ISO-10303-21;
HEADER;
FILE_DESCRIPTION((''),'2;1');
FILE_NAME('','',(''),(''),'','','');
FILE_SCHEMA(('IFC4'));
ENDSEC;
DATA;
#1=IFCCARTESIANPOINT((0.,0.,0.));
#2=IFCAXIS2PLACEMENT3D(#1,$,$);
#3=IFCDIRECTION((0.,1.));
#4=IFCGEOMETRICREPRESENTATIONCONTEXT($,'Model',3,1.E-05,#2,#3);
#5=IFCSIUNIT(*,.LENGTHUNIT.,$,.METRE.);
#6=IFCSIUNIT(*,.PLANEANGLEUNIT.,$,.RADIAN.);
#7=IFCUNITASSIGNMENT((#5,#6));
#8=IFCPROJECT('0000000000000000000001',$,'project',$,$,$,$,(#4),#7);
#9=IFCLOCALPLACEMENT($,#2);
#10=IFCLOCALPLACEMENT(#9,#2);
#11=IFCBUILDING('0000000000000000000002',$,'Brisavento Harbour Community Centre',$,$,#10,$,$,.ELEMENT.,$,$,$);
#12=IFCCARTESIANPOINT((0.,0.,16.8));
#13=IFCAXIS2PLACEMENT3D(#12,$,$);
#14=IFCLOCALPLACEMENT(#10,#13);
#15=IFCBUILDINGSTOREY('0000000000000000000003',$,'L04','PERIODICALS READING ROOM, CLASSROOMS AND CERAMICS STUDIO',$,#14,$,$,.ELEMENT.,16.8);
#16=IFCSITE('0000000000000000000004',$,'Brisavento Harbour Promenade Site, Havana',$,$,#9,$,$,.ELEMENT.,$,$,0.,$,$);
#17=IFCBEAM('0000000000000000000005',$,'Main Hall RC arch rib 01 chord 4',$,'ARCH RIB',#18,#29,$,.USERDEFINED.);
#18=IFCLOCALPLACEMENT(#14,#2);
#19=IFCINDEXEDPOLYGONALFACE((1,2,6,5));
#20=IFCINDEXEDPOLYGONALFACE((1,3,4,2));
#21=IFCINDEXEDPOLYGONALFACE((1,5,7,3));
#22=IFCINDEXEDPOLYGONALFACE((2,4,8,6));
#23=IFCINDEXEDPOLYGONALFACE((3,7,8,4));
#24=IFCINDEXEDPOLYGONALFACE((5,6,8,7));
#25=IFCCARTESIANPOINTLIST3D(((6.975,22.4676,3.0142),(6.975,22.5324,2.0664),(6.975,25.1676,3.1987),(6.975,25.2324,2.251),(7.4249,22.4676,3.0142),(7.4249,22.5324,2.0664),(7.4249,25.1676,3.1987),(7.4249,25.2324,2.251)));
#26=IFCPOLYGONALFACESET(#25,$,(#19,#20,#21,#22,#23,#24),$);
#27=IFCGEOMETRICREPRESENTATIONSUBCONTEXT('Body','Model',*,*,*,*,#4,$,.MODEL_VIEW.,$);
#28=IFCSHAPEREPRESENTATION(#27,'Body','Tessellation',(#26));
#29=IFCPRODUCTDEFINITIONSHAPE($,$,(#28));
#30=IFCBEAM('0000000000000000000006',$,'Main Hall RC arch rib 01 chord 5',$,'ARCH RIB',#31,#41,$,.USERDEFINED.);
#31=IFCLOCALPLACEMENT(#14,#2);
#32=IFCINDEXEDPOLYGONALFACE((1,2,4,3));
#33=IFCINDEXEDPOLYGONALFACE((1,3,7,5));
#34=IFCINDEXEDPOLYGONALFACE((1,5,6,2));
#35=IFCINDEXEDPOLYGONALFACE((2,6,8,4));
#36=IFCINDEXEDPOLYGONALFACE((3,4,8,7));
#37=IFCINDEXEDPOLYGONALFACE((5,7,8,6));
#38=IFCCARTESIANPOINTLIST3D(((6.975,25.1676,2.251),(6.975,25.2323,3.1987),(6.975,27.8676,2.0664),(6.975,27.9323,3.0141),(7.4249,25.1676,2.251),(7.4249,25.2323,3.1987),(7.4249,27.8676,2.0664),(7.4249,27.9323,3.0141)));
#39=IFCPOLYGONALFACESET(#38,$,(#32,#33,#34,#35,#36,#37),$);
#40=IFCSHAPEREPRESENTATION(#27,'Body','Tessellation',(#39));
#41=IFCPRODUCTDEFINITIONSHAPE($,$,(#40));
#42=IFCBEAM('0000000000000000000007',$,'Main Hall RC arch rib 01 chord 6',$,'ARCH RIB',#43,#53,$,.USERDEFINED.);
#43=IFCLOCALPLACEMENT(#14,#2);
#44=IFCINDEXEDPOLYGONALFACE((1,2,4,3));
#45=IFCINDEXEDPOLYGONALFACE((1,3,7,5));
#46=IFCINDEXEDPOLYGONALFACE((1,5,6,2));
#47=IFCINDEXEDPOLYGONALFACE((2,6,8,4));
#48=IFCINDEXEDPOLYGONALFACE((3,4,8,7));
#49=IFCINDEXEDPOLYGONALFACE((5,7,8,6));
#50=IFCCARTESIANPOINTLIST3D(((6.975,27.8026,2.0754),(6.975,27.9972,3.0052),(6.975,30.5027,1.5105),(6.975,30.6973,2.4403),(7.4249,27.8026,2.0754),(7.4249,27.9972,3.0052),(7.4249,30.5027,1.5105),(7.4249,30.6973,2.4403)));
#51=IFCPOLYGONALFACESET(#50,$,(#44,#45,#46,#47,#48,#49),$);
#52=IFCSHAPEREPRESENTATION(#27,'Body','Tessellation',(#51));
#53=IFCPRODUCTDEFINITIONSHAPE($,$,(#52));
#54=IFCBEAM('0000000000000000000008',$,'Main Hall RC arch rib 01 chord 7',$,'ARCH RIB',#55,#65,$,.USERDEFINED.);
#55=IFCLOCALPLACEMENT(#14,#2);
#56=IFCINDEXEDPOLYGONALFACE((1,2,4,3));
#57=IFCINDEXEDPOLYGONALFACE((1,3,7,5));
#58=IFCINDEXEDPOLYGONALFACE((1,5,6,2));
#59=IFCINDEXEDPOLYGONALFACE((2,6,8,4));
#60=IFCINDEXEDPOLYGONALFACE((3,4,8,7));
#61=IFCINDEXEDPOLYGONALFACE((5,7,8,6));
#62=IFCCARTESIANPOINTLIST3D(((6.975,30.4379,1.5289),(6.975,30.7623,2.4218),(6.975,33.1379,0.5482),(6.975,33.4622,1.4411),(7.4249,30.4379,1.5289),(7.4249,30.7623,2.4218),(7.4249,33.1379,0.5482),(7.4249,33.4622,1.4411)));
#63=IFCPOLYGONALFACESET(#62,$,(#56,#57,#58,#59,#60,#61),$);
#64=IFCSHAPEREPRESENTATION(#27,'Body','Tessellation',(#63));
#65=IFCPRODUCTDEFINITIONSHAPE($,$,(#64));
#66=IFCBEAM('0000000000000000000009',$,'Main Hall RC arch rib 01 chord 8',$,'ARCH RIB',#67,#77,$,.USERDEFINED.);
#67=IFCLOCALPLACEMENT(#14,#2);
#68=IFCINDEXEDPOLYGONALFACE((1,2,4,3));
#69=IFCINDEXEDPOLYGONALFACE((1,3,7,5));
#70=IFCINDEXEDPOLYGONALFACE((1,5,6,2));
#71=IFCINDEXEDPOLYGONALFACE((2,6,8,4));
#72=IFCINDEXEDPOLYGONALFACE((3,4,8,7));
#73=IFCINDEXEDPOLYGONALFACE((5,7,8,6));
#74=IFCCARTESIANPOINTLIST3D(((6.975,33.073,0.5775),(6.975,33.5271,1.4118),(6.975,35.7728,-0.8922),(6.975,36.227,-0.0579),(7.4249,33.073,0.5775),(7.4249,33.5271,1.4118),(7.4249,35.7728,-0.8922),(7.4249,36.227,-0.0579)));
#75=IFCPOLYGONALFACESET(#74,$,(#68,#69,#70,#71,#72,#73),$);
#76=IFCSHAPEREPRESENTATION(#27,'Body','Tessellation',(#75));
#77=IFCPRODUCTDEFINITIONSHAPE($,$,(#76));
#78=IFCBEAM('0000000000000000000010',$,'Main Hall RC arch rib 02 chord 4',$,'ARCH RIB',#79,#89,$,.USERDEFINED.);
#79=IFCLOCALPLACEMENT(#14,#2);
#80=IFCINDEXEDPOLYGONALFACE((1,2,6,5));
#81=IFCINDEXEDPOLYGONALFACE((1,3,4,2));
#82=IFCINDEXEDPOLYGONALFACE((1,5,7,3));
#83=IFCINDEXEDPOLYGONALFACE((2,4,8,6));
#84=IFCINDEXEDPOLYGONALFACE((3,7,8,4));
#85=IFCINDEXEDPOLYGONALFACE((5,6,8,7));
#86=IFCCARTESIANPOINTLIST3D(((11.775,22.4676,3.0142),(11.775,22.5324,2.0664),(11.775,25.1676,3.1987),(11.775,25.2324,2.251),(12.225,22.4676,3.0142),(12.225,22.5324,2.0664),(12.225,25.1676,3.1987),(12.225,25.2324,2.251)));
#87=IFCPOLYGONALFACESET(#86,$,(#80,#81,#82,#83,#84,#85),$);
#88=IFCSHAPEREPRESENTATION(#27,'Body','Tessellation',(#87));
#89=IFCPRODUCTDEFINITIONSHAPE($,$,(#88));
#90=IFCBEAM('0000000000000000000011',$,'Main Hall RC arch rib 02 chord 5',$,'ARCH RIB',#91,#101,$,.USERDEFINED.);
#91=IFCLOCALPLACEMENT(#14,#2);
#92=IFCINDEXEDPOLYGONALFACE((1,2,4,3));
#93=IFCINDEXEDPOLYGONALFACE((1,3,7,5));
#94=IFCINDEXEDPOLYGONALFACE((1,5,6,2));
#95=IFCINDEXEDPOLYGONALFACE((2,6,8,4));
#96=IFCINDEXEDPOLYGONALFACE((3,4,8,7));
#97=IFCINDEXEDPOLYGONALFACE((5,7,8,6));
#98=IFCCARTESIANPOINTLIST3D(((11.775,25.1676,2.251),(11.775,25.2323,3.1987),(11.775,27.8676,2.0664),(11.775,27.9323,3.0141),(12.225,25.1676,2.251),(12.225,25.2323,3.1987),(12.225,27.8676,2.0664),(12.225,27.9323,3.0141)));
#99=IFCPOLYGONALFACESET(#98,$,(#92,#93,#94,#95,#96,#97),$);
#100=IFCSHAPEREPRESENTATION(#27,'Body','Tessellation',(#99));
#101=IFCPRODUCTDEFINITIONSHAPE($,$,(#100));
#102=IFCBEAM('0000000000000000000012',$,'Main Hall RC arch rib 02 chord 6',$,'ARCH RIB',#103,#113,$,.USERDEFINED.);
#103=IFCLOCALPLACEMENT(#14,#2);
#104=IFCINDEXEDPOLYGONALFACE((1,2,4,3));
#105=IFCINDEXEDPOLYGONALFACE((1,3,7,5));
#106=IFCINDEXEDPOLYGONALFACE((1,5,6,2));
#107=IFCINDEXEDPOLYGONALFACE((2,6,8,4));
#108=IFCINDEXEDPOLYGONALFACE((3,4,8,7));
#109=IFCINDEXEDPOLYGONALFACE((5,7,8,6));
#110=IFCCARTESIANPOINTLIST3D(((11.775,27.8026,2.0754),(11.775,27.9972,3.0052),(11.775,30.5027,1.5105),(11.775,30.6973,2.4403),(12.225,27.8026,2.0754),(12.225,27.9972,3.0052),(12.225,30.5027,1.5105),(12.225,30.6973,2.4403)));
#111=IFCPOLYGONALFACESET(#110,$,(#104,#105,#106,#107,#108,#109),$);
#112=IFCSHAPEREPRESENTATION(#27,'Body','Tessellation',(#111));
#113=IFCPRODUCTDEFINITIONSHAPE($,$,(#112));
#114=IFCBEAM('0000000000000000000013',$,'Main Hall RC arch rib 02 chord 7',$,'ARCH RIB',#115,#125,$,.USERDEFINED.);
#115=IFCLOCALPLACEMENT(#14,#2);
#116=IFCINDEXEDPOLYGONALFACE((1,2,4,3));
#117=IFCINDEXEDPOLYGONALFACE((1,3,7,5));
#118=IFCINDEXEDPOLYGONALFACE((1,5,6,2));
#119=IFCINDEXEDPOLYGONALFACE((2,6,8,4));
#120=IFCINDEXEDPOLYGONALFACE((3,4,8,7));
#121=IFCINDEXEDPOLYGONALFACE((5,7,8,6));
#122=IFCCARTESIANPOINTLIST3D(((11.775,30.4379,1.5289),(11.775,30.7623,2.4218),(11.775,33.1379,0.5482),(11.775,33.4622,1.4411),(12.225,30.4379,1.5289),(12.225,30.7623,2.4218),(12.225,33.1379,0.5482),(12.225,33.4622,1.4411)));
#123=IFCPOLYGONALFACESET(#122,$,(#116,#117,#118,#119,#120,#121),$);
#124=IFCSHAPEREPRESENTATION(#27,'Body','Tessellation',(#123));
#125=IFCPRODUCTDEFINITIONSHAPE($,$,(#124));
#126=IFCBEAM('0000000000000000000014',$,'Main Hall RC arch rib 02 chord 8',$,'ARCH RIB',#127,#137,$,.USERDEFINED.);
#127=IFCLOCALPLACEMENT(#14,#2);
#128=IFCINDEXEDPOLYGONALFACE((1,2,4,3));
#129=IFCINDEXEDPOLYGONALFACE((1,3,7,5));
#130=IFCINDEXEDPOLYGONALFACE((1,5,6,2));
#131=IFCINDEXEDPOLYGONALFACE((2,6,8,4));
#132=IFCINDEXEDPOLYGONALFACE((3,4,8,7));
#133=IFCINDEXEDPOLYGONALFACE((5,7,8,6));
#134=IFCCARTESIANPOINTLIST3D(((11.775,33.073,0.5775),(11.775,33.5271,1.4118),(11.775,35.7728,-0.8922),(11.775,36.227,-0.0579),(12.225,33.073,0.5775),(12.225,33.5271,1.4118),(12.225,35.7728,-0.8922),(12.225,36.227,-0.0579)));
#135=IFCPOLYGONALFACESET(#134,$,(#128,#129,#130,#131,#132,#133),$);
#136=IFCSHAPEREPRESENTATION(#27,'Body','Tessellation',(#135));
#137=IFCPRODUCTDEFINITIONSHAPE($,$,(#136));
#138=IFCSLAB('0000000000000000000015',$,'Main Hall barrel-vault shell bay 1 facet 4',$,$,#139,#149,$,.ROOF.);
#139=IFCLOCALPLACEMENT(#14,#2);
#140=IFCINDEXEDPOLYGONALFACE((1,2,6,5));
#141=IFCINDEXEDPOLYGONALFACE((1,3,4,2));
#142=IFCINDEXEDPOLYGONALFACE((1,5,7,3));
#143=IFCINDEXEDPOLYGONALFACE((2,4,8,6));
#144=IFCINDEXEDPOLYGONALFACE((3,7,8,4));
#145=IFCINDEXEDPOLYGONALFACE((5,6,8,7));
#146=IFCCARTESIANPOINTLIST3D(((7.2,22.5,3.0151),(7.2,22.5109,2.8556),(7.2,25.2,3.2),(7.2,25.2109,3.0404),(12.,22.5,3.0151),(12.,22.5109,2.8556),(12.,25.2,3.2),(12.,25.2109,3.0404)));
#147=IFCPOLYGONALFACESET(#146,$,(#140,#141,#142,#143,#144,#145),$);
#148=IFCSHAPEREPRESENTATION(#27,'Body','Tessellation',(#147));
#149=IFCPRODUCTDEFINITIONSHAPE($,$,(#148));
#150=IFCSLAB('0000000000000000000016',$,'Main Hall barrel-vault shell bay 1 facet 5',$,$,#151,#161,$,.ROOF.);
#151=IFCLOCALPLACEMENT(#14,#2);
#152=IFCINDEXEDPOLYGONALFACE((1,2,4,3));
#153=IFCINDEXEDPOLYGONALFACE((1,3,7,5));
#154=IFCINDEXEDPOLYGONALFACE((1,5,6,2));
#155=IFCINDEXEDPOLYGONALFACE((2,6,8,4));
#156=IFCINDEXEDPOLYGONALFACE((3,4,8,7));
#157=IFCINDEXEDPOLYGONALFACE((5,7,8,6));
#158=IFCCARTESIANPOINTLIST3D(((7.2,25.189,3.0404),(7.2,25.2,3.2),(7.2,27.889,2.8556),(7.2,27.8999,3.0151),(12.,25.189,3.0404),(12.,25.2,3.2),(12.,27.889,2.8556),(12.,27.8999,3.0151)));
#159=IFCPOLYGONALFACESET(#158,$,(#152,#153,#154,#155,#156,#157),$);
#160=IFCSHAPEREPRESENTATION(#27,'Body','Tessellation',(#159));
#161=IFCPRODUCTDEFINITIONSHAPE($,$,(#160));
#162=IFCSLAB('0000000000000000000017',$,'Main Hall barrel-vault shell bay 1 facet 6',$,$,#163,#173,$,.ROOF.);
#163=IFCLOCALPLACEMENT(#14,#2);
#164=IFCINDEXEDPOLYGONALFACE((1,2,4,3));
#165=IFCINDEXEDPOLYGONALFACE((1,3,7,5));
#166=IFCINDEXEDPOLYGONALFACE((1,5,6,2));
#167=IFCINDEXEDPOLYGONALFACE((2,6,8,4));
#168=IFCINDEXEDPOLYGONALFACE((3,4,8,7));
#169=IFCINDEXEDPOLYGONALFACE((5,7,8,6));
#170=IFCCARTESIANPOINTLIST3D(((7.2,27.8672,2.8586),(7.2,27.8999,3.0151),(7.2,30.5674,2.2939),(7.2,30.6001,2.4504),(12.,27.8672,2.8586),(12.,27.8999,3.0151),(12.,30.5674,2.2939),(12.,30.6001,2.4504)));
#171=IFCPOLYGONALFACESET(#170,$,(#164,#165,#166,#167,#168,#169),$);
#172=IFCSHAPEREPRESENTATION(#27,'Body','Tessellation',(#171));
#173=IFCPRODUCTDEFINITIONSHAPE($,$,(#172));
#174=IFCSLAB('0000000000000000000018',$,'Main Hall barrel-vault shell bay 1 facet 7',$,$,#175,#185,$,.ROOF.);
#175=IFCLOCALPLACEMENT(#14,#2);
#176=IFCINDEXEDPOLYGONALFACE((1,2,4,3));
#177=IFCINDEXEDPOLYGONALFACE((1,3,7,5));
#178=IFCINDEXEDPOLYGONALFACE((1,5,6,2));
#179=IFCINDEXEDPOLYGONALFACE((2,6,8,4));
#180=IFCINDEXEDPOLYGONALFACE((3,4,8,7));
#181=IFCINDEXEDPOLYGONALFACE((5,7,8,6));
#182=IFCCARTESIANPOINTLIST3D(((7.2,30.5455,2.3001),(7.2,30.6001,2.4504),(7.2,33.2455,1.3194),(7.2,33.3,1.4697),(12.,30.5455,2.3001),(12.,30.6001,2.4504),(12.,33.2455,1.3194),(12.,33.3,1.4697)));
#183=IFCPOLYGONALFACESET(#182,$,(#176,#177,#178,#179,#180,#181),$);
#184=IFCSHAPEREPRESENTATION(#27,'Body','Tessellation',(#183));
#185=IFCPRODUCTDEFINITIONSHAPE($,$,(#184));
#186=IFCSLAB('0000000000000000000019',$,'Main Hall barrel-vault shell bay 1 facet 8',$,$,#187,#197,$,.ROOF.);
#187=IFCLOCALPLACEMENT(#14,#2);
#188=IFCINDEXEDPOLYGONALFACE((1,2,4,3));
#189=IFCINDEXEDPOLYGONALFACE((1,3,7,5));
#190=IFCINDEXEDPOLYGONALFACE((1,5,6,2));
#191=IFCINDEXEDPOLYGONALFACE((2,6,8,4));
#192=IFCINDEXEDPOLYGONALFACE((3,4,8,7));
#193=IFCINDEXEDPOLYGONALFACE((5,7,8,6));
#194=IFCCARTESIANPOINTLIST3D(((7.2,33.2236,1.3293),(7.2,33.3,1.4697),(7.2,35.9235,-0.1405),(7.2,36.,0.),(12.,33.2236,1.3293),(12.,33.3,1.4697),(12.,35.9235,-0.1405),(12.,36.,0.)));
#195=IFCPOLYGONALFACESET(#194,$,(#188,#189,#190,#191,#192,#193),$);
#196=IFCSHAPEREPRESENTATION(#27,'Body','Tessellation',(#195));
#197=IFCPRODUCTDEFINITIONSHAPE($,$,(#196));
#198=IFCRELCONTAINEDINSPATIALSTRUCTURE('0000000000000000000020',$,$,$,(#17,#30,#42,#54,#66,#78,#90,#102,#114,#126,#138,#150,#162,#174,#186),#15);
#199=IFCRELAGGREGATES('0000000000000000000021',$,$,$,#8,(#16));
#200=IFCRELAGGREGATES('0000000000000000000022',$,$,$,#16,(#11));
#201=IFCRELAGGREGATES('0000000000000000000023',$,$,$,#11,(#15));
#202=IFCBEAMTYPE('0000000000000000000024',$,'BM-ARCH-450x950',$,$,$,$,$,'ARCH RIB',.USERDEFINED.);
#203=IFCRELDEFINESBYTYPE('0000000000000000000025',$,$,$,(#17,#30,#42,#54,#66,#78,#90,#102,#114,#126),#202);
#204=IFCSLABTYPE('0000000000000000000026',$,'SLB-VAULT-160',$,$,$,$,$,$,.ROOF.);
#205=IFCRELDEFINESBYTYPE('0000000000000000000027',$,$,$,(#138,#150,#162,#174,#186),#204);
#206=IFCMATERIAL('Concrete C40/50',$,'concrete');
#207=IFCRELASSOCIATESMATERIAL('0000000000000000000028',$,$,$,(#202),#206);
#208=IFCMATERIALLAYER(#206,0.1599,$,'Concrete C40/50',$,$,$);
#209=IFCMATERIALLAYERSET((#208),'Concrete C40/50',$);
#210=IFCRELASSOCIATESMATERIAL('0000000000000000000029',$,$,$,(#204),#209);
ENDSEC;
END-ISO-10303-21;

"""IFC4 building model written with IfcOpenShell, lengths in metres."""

from ifc_helpers import new_model, si_unit, direction, frame, origin, origin_2d, place, context, subcontext, project, spatial, polyline, rectangle, outline, extrude, material, layer, layer_set, material_profile, profile_set, type_object, element, save


model = new_model("IFC4")

# Units and contexts
model_context = context("Model", 3, precision=1e-05, world=origin(), true_north=direction((0.0, 1.0)))
body_context = subcontext(model_context, "Body", "Model", "MODEL_VIEW")
ifc_project = project(units=[si_unit("LENGTHUNIT", "METRE"), si_unit("PLANEANGLEUNIT", "RADIAN")], contexts=[model_context])

# Site, building, storey
site_placement = place(None, origin())
site = spatial("IfcSite", under=ifc_project, at=site_placement, Name="Brisavento Harbour Promenade Site, Havana", CompositionType="ELEMENT", RefElevation=0.0)
building_placement = place(site_placement, origin())
building = spatial("IfcBuilding", under=site, at=building_placement, Name="Brisavento Harbour Community Centre", CompositionType="ELEMENT")
storey_placement = place(building_placement, frame((0.0, 0.0, 16.8)))
storey = spatial("IfcBuildingStorey", under=building, at=storey_placement, Name="L04", Description="PERIODICALS READING ROOM, CLASSROOMS AND CERAMICS STUDIO", CompositionType="ELEMENT", Elevation=16.8)

# Beams
ifc_material = material(Name="Concrete C40/50", Category="concrete")
ifc_material_profile = material_profile(ifc_material, rectangle(XDim=0.45, YDim=0.95, at=origin_2d()), Name="Concrete C40/50")
ifc_profile_set = profile_set([ifc_material_profile], Name="Concrete C40/50")
beam_type = type_object("IfcBeamType", Name="BM-ARCH-450x950", ElementType="ARCH RIB", PredefinedType="USERDEFINED", material=ifc_profile_set)
for number, where, z_axis, x_axis, name in (
    (1, (7.2, 22.5, 2.5403), (0.0, 0.997672, 0.068201), (-1.0, 0.0, 0.0), "Main Hall RC arch rib 01 chord 4"),
    (2, (7.2, 25.2, 2.7249), (0.0, 0.997672, -0.068201), (-1.0, 0.0, 0.0), "Main Hall RC arch rib 01 chord 5"),
):
    element("IfcBeam", number, at=place(storey_placement, frame(where, z_axis=z_axis, x_axis=x_axis)), inside=storey, type_object=beam_type, Name=name, ObjectType="ARCH RIB", PredefinedType="USERDEFINED", context=body_context, shape_type="SweptSolid", body=[
        extrude(rectangle(XDim=0.45, YDim=0.95, at=origin_2d()), origin(), (0.0, 0.0, 1.0), 2.7063),
    ])
beam_1_placement = place(storey_placement, frame((7.2, 27.8999, 2.5403), z_axis=(0.0, 0.978806, -0.204788), x_axis=(-1.0, 0.0, 0.0)))
element("IfcBeam", 3, at=beam_1_placement, inside=storey, type_object=beam_type, Name="Main Hall RC arch rib 01 chord 6", ObjectType="ARCH RIB", PredefinedType="USERDEFINED", context=body_context, shape_type="SweptSolid", body=[
    extrude(rectangle(XDim=0.45, YDim=0.95, at=origin_2d()), origin(), (0.0, 0.0, 1.0), 2.7585),
])
beam_2_placement = place(storey_placement, frame((7.2, 30.6001, 1.9753), z_axis=(0.0, 0.939915, -0.341409), x_axis=(-1.0, 0.0, 0.0)))
element("IfcBeam", 4, at=beam_2_placement, inside=storey, type_object=beam_type, Name="Main Hall RC arch rib 01 chord 7", ObjectType="ARCH RIB", PredefinedType="USERDEFINED", context=body_context, shape_type="SweptSolid", body=[
    extrude(rectangle(XDim=0.45, YDim=0.95, at=origin_2d()), origin(), (0.0, 0.0, 1.0), 2.8726),
])
beam_3_placement = place(storey_placement, frame((7.2, 33.3, 0.9946), z_axis=(0.0, 0.878302, -0.478106), x_axis=(-1.0, 0.0, 0.0)))
element("IfcBeam", 5, at=beam_3_placement, inside=storey, type_object=beam_type, Name="Main Hall RC arch rib 01 chord 8", ObjectType="ARCH RIB", PredefinedType="USERDEFINED", context=body_context, shape_type="SweptSolid", body=[
    extrude(rectangle(XDim=0.45, YDim=0.95, at=origin_2d()), origin(), (0.0, 0.0, 1.0), 3.074),
])
for number, where, z_axis, x_axis, name in (
    (6, (12.0, 22.5, 2.5403), (0.0, 0.997672, 0.068201), (-1.0, 0.0, 0.0), "Main Hall RC arch rib 02 chord 4"),
    (7, (12.0, 25.2, 2.7249), (0.0, 0.997672, -0.068201), (-1.0, 0.0, 0.0), "Main Hall RC arch rib 02 chord 5"),
):
    element("IfcBeam", number, at=place(storey_placement, frame(where, z_axis=z_axis, x_axis=x_axis)), inside=storey, type_object=beam_type, Name=name, ObjectType="ARCH RIB", PredefinedType="USERDEFINED", context=body_context, shape_type="SweptSolid", body=[
        extrude(rectangle(XDim=0.45, YDim=0.95, at=origin_2d()), origin(), (0.0, 0.0, 1.0), 2.7063),
    ])
beam_4_placement = place(storey_placement, frame((12.0, 27.8999, 2.5403), z_axis=(0.0, 0.978806, -0.204788), x_axis=(-1.0, 0.0, 0.0)))
element("IfcBeam", 8, at=beam_4_placement, inside=storey, type_object=beam_type, Name="Main Hall RC arch rib 02 chord 6", ObjectType="ARCH RIB", PredefinedType="USERDEFINED", context=body_context, shape_type="SweptSolid", body=[
    extrude(rectangle(XDim=0.45, YDim=0.95, at=origin_2d()), origin(), (0.0, 0.0, 1.0), 2.7585),
])
beam_5_placement = place(storey_placement, frame((12.0, 30.6001, 1.9753), z_axis=(0.0, 0.939915, -0.341409), x_axis=(-1.0, 0.0, 0.0)))
element("IfcBeam", 9, at=beam_5_placement, inside=storey, type_object=beam_type, Name="Main Hall RC arch rib 02 chord 7", ObjectType="ARCH RIB", PredefinedType="USERDEFINED", context=body_context, shape_type="SweptSolid", body=[
    extrude(rectangle(XDim=0.45, YDim=0.95, at=origin_2d()), origin(), (0.0, 0.0, 1.0), 2.8726),
])
beam_6_placement = place(storey_placement, frame((12.0, 33.3, 0.9946), z_axis=(0.0, 0.878302, -0.478106), x_axis=(-1.0, 0.0, 0.0)))
element("IfcBeam", 10, at=beam_6_placement, inside=storey, type_object=beam_type, Name="Main Hall RC arch rib 02 chord 8", ObjectType="ARCH RIB", PredefinedType="USERDEFINED", context=body_context, shape_type="SweptSolid", body=[
    extrude(rectangle(XDim=0.45, YDim=0.95, at=origin_2d()), origin(), (0.0, 0.0, 1.0), 3.074),
])

# Slabs
ifc_layer = layer(ifc_material, 0.1599, Name="Concrete C40/50")
ifc_layer_set = layer_set([ifc_layer], Name="Concrete C40/50")
slab_type = type_object("IfcSlabType", Name="SLB-VAULT-160", PredefinedType="ROOF", material=ifc_layer_set)
for number, where, z_axis, x_axis, name in (
    (11, (7.2, 22.5, 3.0151), (0.0, -0.068291, 0.997665), (1.0, 0.0, 0.0), "Main Hall barrel-vault shell bay 1 facet 4"),
    (12, (7.2, 25.2, 3.2), (0.0, 0.068291, 0.997665), (1.0, 0.0, 0.0), "Main Hall barrel-vault shell bay 1 facet 5"),
):
    element("IfcSlab", number, at=place(storey_placement, frame(where, z_axis=z_axis, x_axis=x_axis)), inside=storey, type_object=slab_type, Name=name, PredefinedType="ROOF", context=body_context, shape_type="SweptSolid", body=[
        extrude(outline(polyline([(0.0, 0.0), (4.8, 0.0), (4.8, 2.7063), (0.0, 2.7063), (0.0, 0.0)])), origin(), (0.0, 0.0, -1.0), 0.1599),
    ])
slab_1_placement = place(storey_placement, frame((7.2, 27.8999, 3.0151), z_axis=(0.0, 0.204703, 0.978824), x_axis=(1.0, 0.0, 0.0)))
element("IfcSlab", 13, at=slab_1_placement, inside=storey, type_object=slab_type, Name="Main Hall barrel-vault shell bay 1 facet 6", PredefinedType="ROOF", context=body_context, shape_type="SweptSolid", body=[
    extrude(outline(polyline([(0.0, 0.0), (4.8, 0.0), (4.8, 2.7586), (0.0, 2.7586), (0.0, 0.0)])), origin(), (0.0, 0.0, -1.0), 0.1599),
])
slab_2_placement = place(storey_placement, frame((7.2, 30.6001, 2.4504), z_axis=(0.0, 0.341409, 0.939915), x_axis=(1.0, 0.0, 0.0)))
element("IfcSlab", 14, at=slab_2_placement, inside=storey, type_object=slab_type, Name="Main Hall barrel-vault shell bay 1 facet 7", PredefinedType="ROOF", context=body_context, shape_type="SweptSolid", body=[
    extrude(outline(polyline([(0.0, 0.0), (4.8, 0.0), (4.8, 2.8725), (0.0, 2.8725), (0.0, 0.0)])), origin(), (0.0, 0.0, -1.0), 0.1599),
])
slab_3_placement = place(storey_placement, frame((7.2, 33.3, 1.4697), z_axis=(0.0, 0.478106, 0.878302), x_axis=(1.0, 0.0, 0.0)))
element("IfcSlab", 15, at=slab_3_placement, inside=storey, type_object=slab_type, Name="Main Hall barrel-vault shell bay 1 facet 8", PredefinedType="ROOF", context=body_context, shape_type="SweptSolid", body=[
    extrude(outline(polyline([(0.0, 0.0), (4.8, 0.0), (4.8, 3.0741), (0.0, 3.0741), (0.0, 0.0)])), origin(), (0.0, 0.0, -1.0), 0.1599),
])

save(model, "model.ifc")
